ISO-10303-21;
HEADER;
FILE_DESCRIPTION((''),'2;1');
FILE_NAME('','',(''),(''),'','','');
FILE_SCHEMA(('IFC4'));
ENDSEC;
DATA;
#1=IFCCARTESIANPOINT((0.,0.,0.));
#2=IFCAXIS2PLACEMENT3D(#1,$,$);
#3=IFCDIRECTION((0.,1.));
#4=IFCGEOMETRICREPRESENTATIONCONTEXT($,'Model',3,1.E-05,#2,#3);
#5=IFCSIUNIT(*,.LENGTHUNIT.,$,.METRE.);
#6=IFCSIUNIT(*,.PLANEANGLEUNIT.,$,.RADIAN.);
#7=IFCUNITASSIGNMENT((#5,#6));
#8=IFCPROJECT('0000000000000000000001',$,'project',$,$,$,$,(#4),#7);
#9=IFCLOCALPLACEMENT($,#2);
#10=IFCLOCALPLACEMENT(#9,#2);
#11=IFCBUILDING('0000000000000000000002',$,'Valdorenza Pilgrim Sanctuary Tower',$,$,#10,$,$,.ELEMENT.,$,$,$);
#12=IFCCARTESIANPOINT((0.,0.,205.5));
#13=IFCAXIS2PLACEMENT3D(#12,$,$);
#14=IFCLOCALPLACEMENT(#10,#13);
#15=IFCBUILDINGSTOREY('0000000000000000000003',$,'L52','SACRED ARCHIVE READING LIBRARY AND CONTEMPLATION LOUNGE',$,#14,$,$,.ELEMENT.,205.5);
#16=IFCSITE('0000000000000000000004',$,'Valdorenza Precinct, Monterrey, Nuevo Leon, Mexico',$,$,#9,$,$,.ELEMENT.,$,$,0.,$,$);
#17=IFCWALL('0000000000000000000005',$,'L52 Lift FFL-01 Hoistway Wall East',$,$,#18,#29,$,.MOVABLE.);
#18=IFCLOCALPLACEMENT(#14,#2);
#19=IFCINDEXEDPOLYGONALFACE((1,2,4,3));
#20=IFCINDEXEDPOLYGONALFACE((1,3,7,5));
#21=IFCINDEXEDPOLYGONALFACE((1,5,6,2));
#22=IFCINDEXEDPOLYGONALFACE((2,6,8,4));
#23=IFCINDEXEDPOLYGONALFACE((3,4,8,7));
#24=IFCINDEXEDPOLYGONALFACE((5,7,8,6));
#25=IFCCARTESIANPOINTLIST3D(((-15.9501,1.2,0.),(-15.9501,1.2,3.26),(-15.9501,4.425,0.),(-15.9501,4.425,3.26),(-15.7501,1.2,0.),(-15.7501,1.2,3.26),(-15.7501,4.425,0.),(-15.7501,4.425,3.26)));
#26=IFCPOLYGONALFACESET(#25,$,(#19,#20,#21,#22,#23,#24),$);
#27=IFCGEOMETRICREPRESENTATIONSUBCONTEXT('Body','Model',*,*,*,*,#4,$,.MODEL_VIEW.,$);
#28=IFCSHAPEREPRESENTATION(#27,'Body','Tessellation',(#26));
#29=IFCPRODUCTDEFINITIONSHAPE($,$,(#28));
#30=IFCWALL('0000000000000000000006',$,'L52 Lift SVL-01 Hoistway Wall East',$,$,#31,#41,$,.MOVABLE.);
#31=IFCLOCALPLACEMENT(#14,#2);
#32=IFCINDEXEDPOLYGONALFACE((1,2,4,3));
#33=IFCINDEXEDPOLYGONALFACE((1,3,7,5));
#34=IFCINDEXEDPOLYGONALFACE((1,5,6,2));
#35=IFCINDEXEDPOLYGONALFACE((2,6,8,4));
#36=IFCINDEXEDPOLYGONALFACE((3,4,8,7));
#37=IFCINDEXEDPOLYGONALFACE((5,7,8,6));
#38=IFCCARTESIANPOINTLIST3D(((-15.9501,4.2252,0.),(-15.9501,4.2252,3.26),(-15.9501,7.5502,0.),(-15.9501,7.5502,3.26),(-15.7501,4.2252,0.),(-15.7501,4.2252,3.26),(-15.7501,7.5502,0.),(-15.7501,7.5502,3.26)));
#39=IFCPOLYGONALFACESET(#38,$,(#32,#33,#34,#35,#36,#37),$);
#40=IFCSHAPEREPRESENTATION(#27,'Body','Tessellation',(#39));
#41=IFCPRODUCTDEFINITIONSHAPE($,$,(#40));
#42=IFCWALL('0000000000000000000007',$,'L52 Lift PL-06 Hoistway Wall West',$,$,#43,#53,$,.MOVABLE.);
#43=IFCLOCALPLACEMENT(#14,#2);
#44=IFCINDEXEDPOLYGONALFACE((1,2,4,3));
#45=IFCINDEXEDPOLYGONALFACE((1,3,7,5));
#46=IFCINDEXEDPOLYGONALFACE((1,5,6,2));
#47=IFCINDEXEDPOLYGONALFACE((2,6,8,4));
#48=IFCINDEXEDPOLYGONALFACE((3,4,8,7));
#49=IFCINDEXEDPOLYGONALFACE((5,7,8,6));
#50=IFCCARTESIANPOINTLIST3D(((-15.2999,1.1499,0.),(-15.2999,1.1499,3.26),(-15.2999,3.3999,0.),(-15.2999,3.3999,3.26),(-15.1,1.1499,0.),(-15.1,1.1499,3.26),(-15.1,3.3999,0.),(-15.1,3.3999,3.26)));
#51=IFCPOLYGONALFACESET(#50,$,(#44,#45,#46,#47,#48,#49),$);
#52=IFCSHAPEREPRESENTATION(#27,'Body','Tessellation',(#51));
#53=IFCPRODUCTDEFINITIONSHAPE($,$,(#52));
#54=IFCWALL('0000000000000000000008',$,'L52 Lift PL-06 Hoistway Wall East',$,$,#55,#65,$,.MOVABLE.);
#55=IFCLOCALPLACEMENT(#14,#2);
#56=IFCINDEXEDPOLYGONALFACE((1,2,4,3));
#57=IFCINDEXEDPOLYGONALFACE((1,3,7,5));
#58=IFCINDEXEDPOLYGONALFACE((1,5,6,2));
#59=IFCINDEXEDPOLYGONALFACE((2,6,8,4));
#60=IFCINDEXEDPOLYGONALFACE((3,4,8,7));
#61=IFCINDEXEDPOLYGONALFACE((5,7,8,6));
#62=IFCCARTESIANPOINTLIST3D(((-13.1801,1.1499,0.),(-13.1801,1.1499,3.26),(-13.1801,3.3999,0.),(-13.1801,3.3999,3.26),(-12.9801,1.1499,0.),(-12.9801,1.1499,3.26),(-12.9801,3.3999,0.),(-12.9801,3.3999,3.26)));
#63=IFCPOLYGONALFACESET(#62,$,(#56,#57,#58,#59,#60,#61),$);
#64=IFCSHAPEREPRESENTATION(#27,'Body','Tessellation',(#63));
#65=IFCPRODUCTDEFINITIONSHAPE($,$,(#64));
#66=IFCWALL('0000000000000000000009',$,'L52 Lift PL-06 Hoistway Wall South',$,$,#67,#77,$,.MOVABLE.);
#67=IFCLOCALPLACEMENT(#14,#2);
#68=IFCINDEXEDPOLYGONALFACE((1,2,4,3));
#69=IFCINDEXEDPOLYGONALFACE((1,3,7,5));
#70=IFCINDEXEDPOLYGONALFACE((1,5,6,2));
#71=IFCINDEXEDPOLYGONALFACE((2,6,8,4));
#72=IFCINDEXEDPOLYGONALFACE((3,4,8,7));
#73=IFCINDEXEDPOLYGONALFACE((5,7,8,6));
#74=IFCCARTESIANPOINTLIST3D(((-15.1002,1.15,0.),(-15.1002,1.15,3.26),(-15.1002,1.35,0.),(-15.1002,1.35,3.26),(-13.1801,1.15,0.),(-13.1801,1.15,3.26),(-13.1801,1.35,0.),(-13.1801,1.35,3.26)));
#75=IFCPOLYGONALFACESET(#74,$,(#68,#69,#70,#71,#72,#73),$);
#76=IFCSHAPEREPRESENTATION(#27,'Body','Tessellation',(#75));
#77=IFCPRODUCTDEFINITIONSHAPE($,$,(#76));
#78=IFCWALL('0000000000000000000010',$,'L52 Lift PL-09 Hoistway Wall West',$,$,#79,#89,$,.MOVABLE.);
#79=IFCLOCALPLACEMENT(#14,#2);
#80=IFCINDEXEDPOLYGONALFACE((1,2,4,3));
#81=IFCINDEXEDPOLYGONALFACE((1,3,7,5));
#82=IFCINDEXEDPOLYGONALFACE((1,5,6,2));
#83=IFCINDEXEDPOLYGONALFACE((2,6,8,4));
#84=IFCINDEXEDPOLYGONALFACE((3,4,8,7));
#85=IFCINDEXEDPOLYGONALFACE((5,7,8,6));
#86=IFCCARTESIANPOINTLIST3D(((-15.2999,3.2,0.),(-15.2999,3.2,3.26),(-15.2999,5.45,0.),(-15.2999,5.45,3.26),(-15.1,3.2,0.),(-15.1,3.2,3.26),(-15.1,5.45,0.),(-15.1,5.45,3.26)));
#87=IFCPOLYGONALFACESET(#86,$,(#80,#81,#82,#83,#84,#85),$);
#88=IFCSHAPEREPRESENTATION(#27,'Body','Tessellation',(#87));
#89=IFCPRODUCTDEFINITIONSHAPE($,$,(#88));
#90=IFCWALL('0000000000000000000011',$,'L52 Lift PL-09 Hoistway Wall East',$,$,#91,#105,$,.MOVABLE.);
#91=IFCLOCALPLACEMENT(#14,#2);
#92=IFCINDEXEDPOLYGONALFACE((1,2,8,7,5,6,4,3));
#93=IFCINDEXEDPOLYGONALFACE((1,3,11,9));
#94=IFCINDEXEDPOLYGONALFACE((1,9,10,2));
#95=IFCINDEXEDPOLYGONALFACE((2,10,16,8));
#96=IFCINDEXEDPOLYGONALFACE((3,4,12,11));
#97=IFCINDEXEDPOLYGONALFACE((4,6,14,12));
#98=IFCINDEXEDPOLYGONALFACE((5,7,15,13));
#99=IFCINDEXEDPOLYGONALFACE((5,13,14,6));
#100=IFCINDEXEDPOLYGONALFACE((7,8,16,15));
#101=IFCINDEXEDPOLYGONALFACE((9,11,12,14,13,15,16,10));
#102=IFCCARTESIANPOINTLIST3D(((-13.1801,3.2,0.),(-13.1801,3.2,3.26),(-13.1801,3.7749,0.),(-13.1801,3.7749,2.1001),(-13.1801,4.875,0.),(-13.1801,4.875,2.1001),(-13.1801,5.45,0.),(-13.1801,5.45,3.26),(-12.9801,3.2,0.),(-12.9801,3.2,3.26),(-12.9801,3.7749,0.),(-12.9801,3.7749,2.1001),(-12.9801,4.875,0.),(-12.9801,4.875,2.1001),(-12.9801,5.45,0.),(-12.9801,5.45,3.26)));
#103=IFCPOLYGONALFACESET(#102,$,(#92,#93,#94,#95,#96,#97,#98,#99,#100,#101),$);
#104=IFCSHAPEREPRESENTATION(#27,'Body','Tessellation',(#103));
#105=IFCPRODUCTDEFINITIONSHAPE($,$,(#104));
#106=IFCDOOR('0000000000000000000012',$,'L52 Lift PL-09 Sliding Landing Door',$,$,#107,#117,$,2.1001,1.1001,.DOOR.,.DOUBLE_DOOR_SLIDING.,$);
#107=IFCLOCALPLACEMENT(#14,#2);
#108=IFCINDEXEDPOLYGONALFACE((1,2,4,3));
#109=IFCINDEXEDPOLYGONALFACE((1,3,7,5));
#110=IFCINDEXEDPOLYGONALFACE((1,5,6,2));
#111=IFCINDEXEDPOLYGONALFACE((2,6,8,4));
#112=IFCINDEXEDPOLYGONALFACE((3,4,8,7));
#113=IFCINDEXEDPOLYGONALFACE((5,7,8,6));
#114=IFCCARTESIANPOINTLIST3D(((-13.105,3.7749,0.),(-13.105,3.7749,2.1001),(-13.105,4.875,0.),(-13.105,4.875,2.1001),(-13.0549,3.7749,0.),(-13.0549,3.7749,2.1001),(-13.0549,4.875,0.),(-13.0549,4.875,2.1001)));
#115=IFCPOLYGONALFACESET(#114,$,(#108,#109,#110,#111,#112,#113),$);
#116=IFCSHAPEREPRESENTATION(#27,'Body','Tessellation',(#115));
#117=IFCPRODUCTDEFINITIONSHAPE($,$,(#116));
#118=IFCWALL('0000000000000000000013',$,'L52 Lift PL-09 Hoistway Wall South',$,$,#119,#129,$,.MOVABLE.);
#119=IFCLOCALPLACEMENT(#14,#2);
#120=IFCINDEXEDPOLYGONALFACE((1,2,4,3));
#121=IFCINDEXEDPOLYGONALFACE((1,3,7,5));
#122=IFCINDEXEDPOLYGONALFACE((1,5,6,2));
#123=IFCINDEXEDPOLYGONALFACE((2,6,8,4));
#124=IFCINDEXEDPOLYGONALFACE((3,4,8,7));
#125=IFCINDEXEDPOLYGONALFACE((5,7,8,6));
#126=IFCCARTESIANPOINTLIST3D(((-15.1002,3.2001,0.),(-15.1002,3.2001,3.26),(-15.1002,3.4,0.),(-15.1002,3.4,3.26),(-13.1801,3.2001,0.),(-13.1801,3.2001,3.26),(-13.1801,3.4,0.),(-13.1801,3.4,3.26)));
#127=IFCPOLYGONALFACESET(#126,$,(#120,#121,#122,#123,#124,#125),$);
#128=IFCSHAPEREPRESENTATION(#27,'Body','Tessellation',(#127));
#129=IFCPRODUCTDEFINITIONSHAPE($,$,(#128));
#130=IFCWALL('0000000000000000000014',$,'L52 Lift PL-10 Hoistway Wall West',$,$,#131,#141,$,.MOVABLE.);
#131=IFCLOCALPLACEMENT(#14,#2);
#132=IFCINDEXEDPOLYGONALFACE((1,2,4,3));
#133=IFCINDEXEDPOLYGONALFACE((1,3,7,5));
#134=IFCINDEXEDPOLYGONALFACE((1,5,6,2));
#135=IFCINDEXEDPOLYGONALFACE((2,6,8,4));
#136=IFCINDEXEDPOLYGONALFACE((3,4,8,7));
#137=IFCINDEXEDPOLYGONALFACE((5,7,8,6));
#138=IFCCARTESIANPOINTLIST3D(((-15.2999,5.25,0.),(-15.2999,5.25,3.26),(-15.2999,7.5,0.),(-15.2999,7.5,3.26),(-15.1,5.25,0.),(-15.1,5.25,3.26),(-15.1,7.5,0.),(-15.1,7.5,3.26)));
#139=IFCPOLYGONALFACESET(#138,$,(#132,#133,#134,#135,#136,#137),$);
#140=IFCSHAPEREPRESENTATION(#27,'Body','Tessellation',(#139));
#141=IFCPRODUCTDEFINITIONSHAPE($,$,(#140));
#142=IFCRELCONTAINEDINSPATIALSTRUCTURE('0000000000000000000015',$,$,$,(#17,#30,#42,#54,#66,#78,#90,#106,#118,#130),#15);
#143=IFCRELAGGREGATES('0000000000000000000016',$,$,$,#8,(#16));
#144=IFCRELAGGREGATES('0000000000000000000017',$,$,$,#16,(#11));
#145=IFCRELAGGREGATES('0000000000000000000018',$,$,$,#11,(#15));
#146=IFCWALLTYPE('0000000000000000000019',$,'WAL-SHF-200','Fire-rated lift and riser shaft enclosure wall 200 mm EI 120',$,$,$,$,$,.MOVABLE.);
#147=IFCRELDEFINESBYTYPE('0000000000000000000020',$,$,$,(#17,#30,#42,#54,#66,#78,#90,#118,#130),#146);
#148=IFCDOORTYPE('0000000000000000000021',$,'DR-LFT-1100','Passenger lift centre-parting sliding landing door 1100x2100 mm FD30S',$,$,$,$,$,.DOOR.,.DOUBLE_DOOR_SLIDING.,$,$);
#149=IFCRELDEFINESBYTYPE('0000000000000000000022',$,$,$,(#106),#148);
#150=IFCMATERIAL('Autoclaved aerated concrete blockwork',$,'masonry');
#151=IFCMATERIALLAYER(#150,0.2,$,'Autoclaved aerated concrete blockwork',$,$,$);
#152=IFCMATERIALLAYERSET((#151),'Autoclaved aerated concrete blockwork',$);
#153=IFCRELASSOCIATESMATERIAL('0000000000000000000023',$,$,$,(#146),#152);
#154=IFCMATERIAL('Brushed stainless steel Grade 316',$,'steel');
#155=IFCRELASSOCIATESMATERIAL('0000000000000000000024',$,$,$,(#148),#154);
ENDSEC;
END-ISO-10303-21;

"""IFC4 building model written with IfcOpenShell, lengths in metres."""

from ifc_helpers import new_model, si_unit, direction, frame, frame_2d, origin, place, context, subcontext, project, spatial, rectangle, extrude, material, layer, layer_set, type_object, element, fill, save


model = new_model("IFC4")

# Units and contexts
model_context = context("Model", 3, precision=1e-05, world=origin(), true_north=direction((0.0, 1.0)))
body_context = subcontext(model_context, "Body", "Model", "MODEL_VIEW")
ifc_project = project(units=[si_unit("LENGTHUNIT", "METRE"), si_unit("PLANEANGLEUNIT", "RADIAN")], contexts=[model_context])

# Site, building, storey
site_placement = place(None, origin())
site = spatial("IfcSite", under=ifc_project, at=site_placement, Name="Valdorenza Precinct, Monterrey, Nuevo Leon, Mexico", CompositionType="ELEMENT", RefElevation=0.0)
building_placement = place(site_placement, origin())
building = spatial("IfcBuilding", under=site, at=building_placement, Name="Valdorenza Pilgrim Sanctuary Tower", CompositionType="ELEMENT")
storey_placement = place(building_placement, frame((0.0, 0.0, 205.5)))
storey = spatial("IfcBuildingStorey", under=building, at=storey_placement, Name="L52", Description="SACRED ARCHIVE READING LIBRARY AND CONTEMPLATION LOUNGE", CompositionType="ELEMENT", Elevation=205.5)

# Walls
ifc_material_1 = material(Name="Autoclaved aerated concrete blockwork", Category="masonry")
ifc_layer_1 = layer(ifc_material_1, 0.2, Name="Autoclaved aerated concrete blockwork")
ifc_layer_set_1 = layer_set([ifc_layer_1], Name="Autoclaved aerated concrete blockwork")
wall_type_1 = type_object("IfcWallType", Name="WAL-SHF-200", Description="Fire-rated lift and riser shaft enclosure wall 200 mm EI 120", PredefinedType="MOVABLE", material=ifc_layer_set_1)
wall_1_placement = place(storey_placement, frame((-15.8501, 1.2, 0.0), z_axis=(0.0, 0.0, 1.0), x_axis=(0.0, 1.0, 0.0)))
element("IfcWall", 1, at=wall_1_placement, inside=storey, type_object=wall_type_1, Name="L52 Lift FFL-01 Hoistway Wall East", PredefinedType="MOVABLE", context=body_context, shape_type="SweptSolid", body=[
    extrude(rectangle(XDim=3.2251, YDim=0.2, at=frame_2d((1.6125, 0.0))), origin(), (0.0, 0.0, 1.0), 3.26),
])
wall_2_placement = place(storey_placement, frame((-15.8501, 4.2251, 0.0), z_axis=(0.0, 0.0, 1.0), x_axis=(0.0, 1.0, 0.0)))
element("IfcWall", 2, at=wall_2_placement, inside=storey, type_object=wall_type_1, Name="L52 Lift SVL-01 Hoistway Wall East", PredefinedType="MOVABLE", context=body_context, shape_type="SweptSolid", body=[
    extrude(rectangle(XDim=3.325, YDim=0.2, at=frame_2d((1.6626, 0.0))), origin(), (0.0, 0.0, 1.0), 3.26),
])
for number, where, z_axis, x_axis, name in (
    (3, (-15.2, 1.1499, 0.0), (0.0, 0.0, 1.0), (0.0, 1.0, 0.0), "L52 Lift PL-06 Hoistway Wall West"),
    (4, (-13.0801, 1.1499, 0.0), (0.0, 0.0, 1.0), (0.0, 1.0, 0.0), "L52 Lift PL-06 Hoistway Wall East"),
):
    element("IfcWall", number, at=place(storey_placement, frame(where, z_axis=z_axis, x_axis=x_axis)), inside=storey, type_object=wall_type_1, Name=name, PredefinedType="MOVABLE", context=body_context, shape_type="SweptSolid", body=[
        extrude(rectangle(XDim=2.25, YDim=0.2, at=frame_2d((1.125, 0.0))), origin(), (0.0, 0.0, 1.0), 3.26),
    ])
wall_3_placement = place(storey_placement, frame((-15.1001, 1.25, 0.0), z_axis=(0.0, 0.0, 1.0), x_axis=(1.0, 0.0, 0.0)))
element("IfcWall", 5, at=wall_3_placement, inside=storey, type_object=wall_type_1, Name="L52 Lift PL-06 Hoistway Wall South", PredefinedType="MOVABLE", context=body_context, shape_type="SweptSolid", body=[
    extrude(rectangle(XDim=1.9202, YDim=0.2, at=frame_2d((0.96, 0.0))), origin(), (0.0, 0.0, 1.0), 3.26),
])
wall_4_placement = place(storey_placement, frame((-15.2, 3.2, 0.0), z_axis=(0.0, 0.0, 1.0), x_axis=(0.0, 1.0, 0.0)))
element("IfcWall", 6, at=wall_4_placement, inside=storey, type_object=wall_type_1, Name="L52 Lift PL-09 Hoistway Wall West", PredefinedType="MOVABLE", context=body_context, shape_type="SweptSolid", body=[
    extrude(rectangle(XDim=2.25, YDim=0.2, at=frame_2d((1.125, 0.0))), origin(), (0.0, 0.0, 1.0), 3.26),
])

# Wall, opening, door
wall_5_placement = place(storey_placement, frame((-13.0801, 3.2, 0.0), z_axis=(0.0, 0.0, 1.0), x_axis=(0.0, 1.0, 0.0)))
wall_5 = element("IfcWall", 7, at=wall_5_placement, inside=storey, type_object=wall_type_1, Name="L52 Lift PL-09 Hoistway Wall East", PredefinedType="MOVABLE", context=body_context, shape_type="SweptSolid", body=[
    extrude(rectangle(XDim=2.25, YDim=0.2, at=frame_2d((1.125, 0.0))), origin(), (0.0, 0.0, 1.0), 3.26),
])
opening_1_placement = place(wall_5_placement, frame((0.575, 0.0, 0.0)))
opening_1 = element("IfcOpeningElement", 8, at=opening_1_placement, cuts=wall_5, PredefinedType="OPENING", context=body_context, shape_type="SweptSolid", body=[
    extrude(rectangle(XDim=1.1001, YDim=2.1001, at=frame_2d((0.55, 1.05))), frame((0.0, 0.1147, 0.0), z_axis=(0.0, -1.0, 0.0), x_axis=(1.0, 0.0, 0.0)), (0.0, 0.0, 1.0), 0.2297),
])
ifc_material_2 = material(Name="Brushed stainless steel Grade 316", Category="steel")
door_type_1 = type_object("IfcDoorType", Name="DR-LFT-1100", Description="Passenger lift centre-parting sliding landing door 1100x2100 mm FD30S", OperationType="DOUBLE_DOOR_SLIDING", PredefinedType="DOOR", material=ifc_material_2)
door_1_placement = place(opening_1_placement, origin())
door_1 = element("IfcDoor", 9, at=door_1_placement, inside=storey, type_object=door_type_1, Name="L52 Lift PL-09 Sliding Landing Door", OperationType="DOUBLE_DOOR_SLIDING", OverallHeight=2.1001, OverallWidth=1.1001, PredefinedType="DOOR", context=body_context, shape_type="SweptSolid", body=[
    extrude(rectangle(XDim=1.1001, YDim=2.1001, at=frame_2d((0.55, 1.05))), frame((0.0, 0.0249, 0.0), z_axis=(0.0, -1.0, 0.0), x_axis=(1.0, 0.0, 0.0)), (0.0, 0.0, 1.0), 0.05),
])
fill(opening_1, door_1)

# Walls
wall_6_placement = place(storey_placement, frame((-15.1001, 3.3, 0.0), z_axis=(0.0, 0.0, 1.0), x_axis=(1.0, 0.0, 0.0)))
element("IfcWall", 10, at=wall_6_placement, inside=storey, type_object=wall_type_1, Name="L52 Lift PL-09 Hoistway Wall South", PredefinedType="MOVABLE", context=body_context, shape_type="SweptSolid", body=[
    extrude(rectangle(XDim=1.9202, YDim=0.2, at=frame_2d((0.96, 0.0))), origin(), (0.0, 0.0, 1.0), 3.26),
])
wall_7_placement = place(storey_placement, frame((-15.2, 5.25, 0.0), z_axis=(0.0, 0.0, 1.0), x_axis=(0.0, 1.0, 0.0)))
element("IfcWall", 11, at=wall_7_placement, inside=storey, type_object=wall_type_1, Name="L52 Lift PL-10 Hoistway Wall West", PredefinedType="MOVABLE", context=body_context, shape_type="SweptSolid", body=[
    extrude(rectangle(XDim=2.25, YDim=0.2, at=frame_2d((1.125, 0.0))), origin(), (0.0, 0.0, 1.0), 3.26),
])

save(model, "model.ifc")
